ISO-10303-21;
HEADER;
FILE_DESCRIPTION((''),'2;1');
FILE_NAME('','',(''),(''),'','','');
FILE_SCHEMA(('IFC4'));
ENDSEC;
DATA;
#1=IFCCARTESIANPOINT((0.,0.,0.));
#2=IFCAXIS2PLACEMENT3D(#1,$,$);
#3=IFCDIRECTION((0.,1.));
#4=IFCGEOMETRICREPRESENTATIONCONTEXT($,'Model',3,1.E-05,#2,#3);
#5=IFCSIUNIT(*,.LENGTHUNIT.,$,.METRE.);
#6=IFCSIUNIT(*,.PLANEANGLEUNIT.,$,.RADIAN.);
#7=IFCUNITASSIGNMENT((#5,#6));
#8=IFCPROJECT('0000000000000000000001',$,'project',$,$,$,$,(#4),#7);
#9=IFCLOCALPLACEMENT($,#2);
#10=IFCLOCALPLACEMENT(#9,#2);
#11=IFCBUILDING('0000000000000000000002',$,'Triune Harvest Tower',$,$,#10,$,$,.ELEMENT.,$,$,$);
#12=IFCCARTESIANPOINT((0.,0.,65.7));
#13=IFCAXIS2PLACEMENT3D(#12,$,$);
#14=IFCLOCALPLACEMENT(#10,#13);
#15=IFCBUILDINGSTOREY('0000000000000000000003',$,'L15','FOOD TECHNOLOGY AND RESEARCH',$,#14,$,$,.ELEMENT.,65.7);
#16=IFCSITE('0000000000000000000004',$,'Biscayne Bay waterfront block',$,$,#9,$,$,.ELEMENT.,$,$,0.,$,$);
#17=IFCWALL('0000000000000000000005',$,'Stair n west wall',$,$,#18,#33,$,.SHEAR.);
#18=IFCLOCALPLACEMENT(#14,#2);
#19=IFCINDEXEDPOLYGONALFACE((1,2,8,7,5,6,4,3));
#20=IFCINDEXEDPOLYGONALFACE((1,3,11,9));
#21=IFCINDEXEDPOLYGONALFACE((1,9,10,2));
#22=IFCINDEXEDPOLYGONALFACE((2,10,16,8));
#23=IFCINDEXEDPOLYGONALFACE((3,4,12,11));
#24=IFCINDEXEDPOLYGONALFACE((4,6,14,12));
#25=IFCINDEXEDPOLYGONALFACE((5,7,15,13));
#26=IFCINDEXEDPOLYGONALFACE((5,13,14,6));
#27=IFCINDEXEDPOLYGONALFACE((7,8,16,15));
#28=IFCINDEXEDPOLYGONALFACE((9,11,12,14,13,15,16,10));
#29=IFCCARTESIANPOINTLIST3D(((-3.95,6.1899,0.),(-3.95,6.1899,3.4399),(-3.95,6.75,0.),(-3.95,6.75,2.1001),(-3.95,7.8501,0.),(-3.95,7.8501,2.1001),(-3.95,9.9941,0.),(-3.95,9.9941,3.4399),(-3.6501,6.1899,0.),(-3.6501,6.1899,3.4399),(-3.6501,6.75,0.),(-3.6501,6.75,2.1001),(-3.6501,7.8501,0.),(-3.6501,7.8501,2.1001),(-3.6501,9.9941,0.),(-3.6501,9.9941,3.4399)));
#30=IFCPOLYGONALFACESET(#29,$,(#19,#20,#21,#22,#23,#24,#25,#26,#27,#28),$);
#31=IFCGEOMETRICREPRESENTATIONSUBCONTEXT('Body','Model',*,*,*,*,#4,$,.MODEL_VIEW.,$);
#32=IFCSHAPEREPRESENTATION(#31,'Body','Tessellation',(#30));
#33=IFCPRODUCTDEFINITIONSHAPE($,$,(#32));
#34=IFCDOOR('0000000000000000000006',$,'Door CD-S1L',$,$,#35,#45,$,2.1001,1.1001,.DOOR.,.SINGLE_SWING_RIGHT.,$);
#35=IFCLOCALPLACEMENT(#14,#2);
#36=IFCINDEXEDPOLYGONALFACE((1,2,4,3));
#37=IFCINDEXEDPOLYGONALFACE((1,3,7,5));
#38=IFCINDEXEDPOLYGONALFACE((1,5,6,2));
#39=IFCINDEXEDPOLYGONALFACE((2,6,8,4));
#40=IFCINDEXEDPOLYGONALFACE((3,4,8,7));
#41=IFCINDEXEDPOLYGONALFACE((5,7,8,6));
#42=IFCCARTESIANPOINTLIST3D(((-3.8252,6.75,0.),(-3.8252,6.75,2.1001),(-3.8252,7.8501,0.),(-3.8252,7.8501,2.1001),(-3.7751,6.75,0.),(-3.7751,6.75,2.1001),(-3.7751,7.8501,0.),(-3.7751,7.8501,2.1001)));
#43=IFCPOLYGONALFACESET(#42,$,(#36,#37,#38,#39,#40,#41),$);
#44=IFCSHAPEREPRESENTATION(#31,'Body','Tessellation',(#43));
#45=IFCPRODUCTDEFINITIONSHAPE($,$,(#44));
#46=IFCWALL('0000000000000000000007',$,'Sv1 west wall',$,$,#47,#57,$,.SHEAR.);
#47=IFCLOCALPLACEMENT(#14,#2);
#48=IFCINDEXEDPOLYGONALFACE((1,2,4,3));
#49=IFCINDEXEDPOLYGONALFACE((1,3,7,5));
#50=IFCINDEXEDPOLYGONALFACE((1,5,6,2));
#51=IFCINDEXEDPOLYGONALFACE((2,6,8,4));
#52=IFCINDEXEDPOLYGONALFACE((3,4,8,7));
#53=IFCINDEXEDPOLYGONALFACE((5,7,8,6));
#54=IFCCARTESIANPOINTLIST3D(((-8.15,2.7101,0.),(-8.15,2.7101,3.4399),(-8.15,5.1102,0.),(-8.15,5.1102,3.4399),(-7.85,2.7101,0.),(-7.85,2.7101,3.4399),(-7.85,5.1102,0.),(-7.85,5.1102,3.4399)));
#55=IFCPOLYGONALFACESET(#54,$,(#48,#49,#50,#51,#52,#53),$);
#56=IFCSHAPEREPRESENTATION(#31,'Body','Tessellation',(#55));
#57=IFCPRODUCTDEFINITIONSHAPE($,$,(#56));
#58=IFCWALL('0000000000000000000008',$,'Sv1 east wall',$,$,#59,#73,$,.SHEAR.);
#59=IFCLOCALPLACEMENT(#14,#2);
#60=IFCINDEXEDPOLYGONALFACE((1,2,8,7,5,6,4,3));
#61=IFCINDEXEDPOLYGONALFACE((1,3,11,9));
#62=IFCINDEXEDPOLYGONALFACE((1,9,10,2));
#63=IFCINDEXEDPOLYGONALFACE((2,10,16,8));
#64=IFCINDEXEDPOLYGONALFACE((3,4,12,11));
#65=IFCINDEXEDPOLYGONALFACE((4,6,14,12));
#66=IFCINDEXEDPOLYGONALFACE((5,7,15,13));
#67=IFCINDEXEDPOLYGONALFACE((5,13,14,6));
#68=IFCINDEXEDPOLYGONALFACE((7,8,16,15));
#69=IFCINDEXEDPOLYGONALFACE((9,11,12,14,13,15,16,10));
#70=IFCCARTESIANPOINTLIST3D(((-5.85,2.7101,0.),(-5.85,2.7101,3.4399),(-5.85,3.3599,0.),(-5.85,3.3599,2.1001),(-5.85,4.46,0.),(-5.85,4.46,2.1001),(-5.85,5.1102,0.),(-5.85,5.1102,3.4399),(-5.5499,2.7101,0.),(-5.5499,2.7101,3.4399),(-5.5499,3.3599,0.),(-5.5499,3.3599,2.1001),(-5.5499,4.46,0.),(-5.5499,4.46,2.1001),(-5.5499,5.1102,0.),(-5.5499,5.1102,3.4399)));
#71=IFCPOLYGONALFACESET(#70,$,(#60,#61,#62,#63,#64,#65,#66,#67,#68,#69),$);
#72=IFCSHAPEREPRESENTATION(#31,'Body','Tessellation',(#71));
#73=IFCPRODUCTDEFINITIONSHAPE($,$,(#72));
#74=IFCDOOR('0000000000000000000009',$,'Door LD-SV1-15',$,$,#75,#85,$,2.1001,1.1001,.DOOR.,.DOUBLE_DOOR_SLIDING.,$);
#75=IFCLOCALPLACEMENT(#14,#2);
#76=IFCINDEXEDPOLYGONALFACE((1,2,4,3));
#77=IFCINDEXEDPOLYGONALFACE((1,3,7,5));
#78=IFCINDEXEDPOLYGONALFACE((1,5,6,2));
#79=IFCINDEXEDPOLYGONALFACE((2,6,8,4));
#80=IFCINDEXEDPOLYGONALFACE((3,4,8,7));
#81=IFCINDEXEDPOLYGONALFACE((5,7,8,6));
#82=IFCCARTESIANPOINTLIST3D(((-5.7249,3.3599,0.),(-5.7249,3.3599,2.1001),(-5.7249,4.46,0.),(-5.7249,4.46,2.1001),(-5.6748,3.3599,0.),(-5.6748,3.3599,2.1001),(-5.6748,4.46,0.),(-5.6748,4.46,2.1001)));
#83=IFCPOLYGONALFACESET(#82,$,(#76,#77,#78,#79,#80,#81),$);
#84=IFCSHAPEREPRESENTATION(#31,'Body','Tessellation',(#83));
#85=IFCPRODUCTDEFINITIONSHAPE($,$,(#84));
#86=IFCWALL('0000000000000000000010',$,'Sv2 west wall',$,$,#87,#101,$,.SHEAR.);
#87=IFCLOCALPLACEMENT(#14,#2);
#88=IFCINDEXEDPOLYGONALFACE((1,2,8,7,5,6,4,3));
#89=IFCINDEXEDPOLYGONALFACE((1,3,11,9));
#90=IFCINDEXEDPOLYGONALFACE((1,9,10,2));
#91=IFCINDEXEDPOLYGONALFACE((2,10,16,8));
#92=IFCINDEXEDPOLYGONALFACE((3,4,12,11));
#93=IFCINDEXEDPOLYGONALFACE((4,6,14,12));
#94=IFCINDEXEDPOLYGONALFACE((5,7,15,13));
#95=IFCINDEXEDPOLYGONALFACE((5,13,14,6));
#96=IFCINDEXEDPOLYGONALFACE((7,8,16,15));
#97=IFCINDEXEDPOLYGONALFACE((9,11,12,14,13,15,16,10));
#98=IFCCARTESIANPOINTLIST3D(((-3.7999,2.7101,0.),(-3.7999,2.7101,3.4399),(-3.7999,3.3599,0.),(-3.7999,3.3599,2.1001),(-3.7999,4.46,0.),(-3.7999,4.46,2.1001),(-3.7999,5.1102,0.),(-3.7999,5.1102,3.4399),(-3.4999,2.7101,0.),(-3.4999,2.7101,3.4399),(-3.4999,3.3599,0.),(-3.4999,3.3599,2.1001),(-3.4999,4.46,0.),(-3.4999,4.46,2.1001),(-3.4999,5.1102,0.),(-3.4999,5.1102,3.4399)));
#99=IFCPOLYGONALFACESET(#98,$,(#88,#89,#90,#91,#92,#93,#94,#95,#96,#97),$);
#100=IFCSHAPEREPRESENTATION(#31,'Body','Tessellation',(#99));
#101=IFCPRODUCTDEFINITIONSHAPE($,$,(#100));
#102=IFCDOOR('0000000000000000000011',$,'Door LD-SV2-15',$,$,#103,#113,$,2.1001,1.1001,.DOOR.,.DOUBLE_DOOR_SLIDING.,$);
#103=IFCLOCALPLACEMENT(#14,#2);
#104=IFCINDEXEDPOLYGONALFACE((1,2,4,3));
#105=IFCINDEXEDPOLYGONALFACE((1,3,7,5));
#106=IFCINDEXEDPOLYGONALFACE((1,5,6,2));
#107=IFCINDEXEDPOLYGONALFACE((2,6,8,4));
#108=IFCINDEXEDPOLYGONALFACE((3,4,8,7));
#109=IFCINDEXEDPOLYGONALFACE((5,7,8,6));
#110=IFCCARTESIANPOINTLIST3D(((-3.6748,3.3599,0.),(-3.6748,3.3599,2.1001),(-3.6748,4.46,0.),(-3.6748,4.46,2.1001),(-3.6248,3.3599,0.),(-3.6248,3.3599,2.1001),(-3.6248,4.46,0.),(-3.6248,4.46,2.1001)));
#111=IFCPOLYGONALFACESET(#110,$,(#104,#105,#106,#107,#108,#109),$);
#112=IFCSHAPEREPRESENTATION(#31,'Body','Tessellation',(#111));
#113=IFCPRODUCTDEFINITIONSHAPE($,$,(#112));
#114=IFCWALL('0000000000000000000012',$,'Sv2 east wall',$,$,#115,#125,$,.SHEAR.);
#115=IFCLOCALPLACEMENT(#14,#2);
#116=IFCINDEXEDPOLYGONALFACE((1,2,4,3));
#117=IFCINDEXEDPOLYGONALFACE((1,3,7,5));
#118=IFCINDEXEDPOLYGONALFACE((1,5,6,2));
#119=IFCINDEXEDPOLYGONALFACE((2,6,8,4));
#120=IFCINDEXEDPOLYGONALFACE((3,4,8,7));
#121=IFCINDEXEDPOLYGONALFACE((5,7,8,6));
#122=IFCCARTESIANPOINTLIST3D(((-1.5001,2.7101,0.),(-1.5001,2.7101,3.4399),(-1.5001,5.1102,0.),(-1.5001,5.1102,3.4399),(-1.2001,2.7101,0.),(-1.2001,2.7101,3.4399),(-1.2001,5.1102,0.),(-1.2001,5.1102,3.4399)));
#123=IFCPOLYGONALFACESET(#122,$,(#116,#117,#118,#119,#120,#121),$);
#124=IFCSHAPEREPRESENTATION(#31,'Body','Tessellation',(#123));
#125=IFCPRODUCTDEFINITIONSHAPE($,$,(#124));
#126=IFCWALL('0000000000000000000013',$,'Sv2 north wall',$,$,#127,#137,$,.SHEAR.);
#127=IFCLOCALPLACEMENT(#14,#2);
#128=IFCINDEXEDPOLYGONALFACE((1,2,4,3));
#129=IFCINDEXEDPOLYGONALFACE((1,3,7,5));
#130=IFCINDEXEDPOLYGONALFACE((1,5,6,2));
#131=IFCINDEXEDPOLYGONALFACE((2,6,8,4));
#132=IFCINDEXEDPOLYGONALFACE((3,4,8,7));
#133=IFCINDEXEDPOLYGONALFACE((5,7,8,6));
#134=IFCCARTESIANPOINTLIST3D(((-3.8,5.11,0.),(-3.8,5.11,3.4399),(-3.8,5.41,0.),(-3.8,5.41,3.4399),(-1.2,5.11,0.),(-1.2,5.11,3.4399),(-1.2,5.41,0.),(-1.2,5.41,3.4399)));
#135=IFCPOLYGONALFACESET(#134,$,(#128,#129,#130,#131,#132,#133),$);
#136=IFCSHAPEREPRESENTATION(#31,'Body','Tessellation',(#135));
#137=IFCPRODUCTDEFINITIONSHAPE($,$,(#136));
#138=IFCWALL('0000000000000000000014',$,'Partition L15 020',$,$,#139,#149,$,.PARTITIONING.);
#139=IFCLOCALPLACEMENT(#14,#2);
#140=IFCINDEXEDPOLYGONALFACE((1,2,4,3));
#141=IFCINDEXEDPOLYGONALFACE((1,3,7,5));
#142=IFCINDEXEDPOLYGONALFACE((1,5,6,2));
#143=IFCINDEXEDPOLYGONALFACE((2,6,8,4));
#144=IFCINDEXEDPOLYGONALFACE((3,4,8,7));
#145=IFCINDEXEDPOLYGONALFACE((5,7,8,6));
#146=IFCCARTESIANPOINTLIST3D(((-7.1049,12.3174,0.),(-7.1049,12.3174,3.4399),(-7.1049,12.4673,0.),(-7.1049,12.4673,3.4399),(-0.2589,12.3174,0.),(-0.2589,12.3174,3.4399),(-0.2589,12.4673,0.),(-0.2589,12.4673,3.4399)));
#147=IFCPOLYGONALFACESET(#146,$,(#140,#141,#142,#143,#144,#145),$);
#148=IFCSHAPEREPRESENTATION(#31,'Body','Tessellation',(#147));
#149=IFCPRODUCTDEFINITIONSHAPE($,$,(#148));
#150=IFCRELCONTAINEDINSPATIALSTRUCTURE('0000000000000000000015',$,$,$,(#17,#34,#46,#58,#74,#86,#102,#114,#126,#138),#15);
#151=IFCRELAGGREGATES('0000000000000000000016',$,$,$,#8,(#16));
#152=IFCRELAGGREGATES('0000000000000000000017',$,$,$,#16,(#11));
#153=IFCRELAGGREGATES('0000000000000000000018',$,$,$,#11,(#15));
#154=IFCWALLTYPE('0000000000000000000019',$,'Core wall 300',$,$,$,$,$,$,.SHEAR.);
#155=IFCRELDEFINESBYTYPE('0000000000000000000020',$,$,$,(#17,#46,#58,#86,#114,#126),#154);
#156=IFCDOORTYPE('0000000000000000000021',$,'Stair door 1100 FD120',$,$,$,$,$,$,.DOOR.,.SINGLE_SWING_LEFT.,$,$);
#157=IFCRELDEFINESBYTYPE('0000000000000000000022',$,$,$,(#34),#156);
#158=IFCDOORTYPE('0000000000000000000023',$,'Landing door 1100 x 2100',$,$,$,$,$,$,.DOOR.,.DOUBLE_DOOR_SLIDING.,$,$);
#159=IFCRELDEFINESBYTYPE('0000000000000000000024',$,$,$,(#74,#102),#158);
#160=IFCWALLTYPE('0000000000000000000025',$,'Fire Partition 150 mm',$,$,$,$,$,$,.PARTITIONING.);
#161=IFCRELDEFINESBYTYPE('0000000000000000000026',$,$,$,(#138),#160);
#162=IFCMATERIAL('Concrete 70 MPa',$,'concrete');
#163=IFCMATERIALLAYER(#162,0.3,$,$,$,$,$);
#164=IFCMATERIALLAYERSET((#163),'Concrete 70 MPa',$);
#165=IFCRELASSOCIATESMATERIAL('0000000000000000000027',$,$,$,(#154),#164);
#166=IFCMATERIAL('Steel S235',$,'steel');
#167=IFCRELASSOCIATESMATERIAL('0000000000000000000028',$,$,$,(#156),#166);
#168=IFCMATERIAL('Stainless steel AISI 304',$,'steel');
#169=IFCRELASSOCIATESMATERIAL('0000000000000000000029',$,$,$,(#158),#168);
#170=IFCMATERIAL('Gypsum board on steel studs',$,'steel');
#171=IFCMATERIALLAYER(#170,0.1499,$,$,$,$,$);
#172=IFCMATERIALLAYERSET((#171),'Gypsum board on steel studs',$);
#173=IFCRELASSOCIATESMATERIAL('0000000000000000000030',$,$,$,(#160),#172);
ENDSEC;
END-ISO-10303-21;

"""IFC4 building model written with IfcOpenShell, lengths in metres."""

from ifc_helpers import new_model, si_unit, direction, frame, frame_2d, origin, place, context, subcontext, project, spatial, polyline, rectangle, outline, extrude, source, transform, mapped, material, layer, layer_set, type_object, element, fill, save


model = new_model("IFC4")

# Units and contexts
model_context = context("Model", 3, precision=1e-05, world=origin(), true_north=direction((0.0, 1.0)))
body_context = subcontext(model_context, "Body", "Model", "MODEL_VIEW")
ifc_project = project(units=[si_unit("LENGTHUNIT", "METRE"), si_unit("PLANEANGLEUNIT", "RADIAN")], contexts=[model_context])

# Site, building, storey
site_placement = place(None, origin())
site = spatial("IfcSite", under=ifc_project, at=site_placement, Name="Biscayne Bay waterfront block", CompositionType="ELEMENT", RefElevation=0.0)
building_placement = place(site_placement, origin())
building = spatial("IfcBuilding", under=site, at=building_placement, Name="Triune Harvest Tower", CompositionType="ELEMENT")
storey_placement = place(building_placement, frame((0.0, 0.0, 65.7)))
storey = spatial("IfcBuildingStorey", under=building, at=storey_placement, Name="L15", Description="FOOD TECHNOLOGY AND RESEARCH", CompositionType="ELEMENT", Elevation=65.7)

# Shared definitions
ifc_material_1 = material(Name="Concrete 70 MPa", Category="concrete")
ifc_layer_1 = layer(ifc_material_1, 0.3)
ifc_layer_set_1 = layer_set([ifc_layer_1], Name="Concrete 70 MPa")
wall_type_1 = type_object("IfcWallType", Name="Core wall 300", PredefinedType="SHEAR", material=ifc_layer_set_1)

# Wall, opening, door
shared_shape_1 = source(origin(), body_context, "Body", "SweptSolid", [
    extrude(outline(polyline([(0.0, -0.1499), (0.0, 0.1499), (3.8042, 0.1499), (3.8042, -0.1499), (0.0, -0.1499)])), origin(), (0.0, 0.0, 1.0), 3.4399),
])
wall_1_placement = place(storey_placement, frame((-3.8, 6.1899, 0.0), z_axis=(0.0, 0.0, 1.0), x_axis=(0.0, 1.0, 0.0)))
wall_1 = element("IfcWall", 1, at=wall_1_placement, inside=storey, type_object=wall_type_1, Name="Stair n west wall", PredefinedType="SHEAR", context=body_context, shape_type="MappedRepresentation", body=[
    mapped(shared_shape_1, transform((0.0, 0.0, 0.0), scale=1.0)),
])
opening_1_placement = place(wall_1_placement, frame((0.5601, 0.0, 0.0)))
opening_1 = element("IfcOpeningElement", 2, at=opening_1_placement, cuts=wall_1, PredefinedType="OPENING", context=body_context, shape_type="SweptSolid", body=[
    extrude(rectangle(XDim=1.1001, YDim=2.1001, at=frame_2d((0.55, 1.05))), frame((0.0, 0.1602, 0.0), z_axis=(0.0, -1.0, 0.0), x_axis=(1.0, 0.0, 0.0)), (0.0, 0.0, 1.0), 0.3201),
])
ifc_material_2 = material(Name="Steel S235", Category="steel")
door_type_1 = type_object("IfcDoorType", Name="Stair door 1100 FD120", OperationType="SINGLE_SWING_LEFT", PredefinedType="DOOR", material=ifc_material_2)
door_1_placement = place(opening_1_placement, frame((1.1001, 0.0, 0.0), z_axis=(0.0, 0.0, 1.0), x_axis=(-1.0, 0.0, 0.0)))
door_1 = element("IfcDoor", 3, at=door_1_placement, inside=storey, type_object=door_type_1, Name="Door CD-S1L", OperationType="SINGLE_SWING_RIGHT", OverallHeight=2.1001, OverallWidth=1.1001, PredefinedType="DOOR", context=body_context, shape_type="SweptSolid", body=[
    extrude(rectangle(XDim=1.1001, YDim=2.1001, at=frame_2d((0.55, 1.05))), frame((0.0, 0.0249, 0.0), z_axis=(0.0, -1.0, 0.0), x_axis=(1.0, 0.0, 0.0)), (0.0, 0.0, 1.0), 0.05),
])
fill(opening_1, door_1)

# Wall
shared_shape_2 = source(origin(), body_context, "Body", "SweptSolid", [
    extrude(rectangle(XDim=2.4001, YDim=0.3, at=frame_2d((1.2002, 0.0))), origin(), (0.0, 0.0, 1.0), 3.4399),
])
wall_2_placement = place(storey_placement, frame((-8.0, 2.71, 0.0), z_axis=(0.0, 0.0, 1.0), x_axis=(0.0, 1.0, 0.0)))
element("IfcWall", 4, at=wall_2_placement, inside=storey, type_object=wall_type_1, Name="Sv1 west wall", PredefinedType="SHEAR", context=body_context, shape_type="MappedRepresentation", body=[
    mapped(shared_shape_2, transform((0.0, 0.0, 0.0), scale=1.0)),
])

# Walls, openings, doors
wall_3_placement = place(storey_placement, frame((-5.7, 2.71, 0.0), z_axis=(0.0, 0.0, 1.0), x_axis=(0.0, 1.0, 0.0)))
wall_3 = element("IfcWall", 5, at=wall_3_placement, inside=storey, type_object=wall_type_1, Name="Sv1 east wall", PredefinedType="SHEAR", context=body_context, shape_type="MappedRepresentation", body=[
    mapped(shared_shape_2, transform((0.0, 0.0, 0.0), scale=1.0)),
])
opening_2_placement = place(wall_3_placement, frame((0.6499, 0.0, 0.0)))
opening_2 = element("IfcOpeningElement", 6, at=opening_2_placement, cuts=wall_3, PredefinedType="OPENING", context=body_context, shape_type="SweptSolid", body=[
    extrude(rectangle(XDim=1.1001, YDim=2.1001, at=frame_2d((0.55, 1.05))), frame((0.0, 0.1602, 0.0), z_axis=(0.0, -1.0, 0.0), x_axis=(1.0, 0.0, 0.0)), (0.0, 0.0, 1.0), 0.3201),
])
ifc_material_3 = material(Name="Stainless steel AISI 304", Category="steel")
door_type_2 = type_object("IfcDoorType", Name="Landing door 1100 x 2100", OperationType="DOUBLE_DOOR_SLIDING", PredefinedType="DOOR", material=ifc_material_3)
door_2_placement = place(opening_2_placement, origin())
door_2 = element("IfcDoor", 7, at=door_2_placement, inside=storey, type_object=door_type_2, Name="Door LD-SV1-15", OperationType="DOUBLE_DOOR_SLIDING", OverallHeight=2.1001, OverallWidth=1.1001, PredefinedType="DOOR", context=body_context, shape_type="SweptSolid", body=[
    extrude(rectangle(XDim=1.1001, YDim=2.1001, at=frame_2d((0.55, 1.05))), frame((0.0, 0.0249, 0.0), z_axis=(0.0, -1.0, 0.0), x_axis=(1.0, 0.0, 0.0)), (0.0, 0.0, 1.0), 0.05),
])
fill(opening_2, door_2)
wall_4_placement = place(storey_placement, frame((-3.6499, 2.71, 0.0), z_axis=(0.0, 0.0, 1.0), x_axis=(0.0, 1.0, 0.0)))
wall_4 = element("IfcWall", 8, at=wall_4_placement, inside=storey, type_object=wall_type_1, Name="Sv2 west wall", PredefinedType="SHEAR", context=body_context, shape_type="MappedRepresentation", body=[
    mapped(shared_shape_2, transform((0.0, 0.0, 0.0), scale=1.0)),
])
opening_3_placement = place(wall_4_placement, frame((0.6499, 0.0, 0.0)))
opening_3 = element("IfcOpeningElement", 9, at=opening_3_placement, cuts=wall_4, PredefinedType="OPENING", context=body_context, shape_type="SweptSolid", body=[
    extrude(rectangle(XDim=1.1001, YDim=2.1001, at=frame_2d((0.55, 1.05))), frame((0.0, 0.1602, 0.0), z_axis=(0.0, -1.0, 0.0), x_axis=(1.0, 0.0, 0.0)), (0.0, 0.0, 1.0), 0.3201),
])
door_3_placement = place(opening_3_placement, origin())
door_3 = element("IfcDoor", 10, at=door_3_placement, inside=storey, type_object=door_type_2, Name="Door LD-SV2-15", OperationType="DOUBLE_DOOR_SLIDING", OverallHeight=2.1001, OverallWidth=1.1001, PredefinedType="DOOR", context=body_context, shape_type="SweptSolid", body=[
    extrude(rectangle(XDim=1.1001, YDim=2.1001, at=frame_2d((0.55, 1.05))), frame((0.0, 0.0249, 0.0), z_axis=(0.0, -1.0, 0.0), x_axis=(1.0, 0.0, 0.0)), (0.0, 0.0, 1.0), 0.05),
])
fill(opening_3, door_3)

# Walls
wall_5_placement = place(storey_placement, frame((-1.3501, 2.71, 0.0), z_axis=(0.0, 0.0, 1.0), x_axis=(0.0, 1.0, 0.0)))
element("IfcWall", 11, at=wall_5_placement, inside=storey, type_object=wall_type_1, Name="Sv2 east wall", PredefinedType="SHEAR", context=body_context, shape_type="MappedRepresentation", body=[
    mapped(shared_shape_2, transform((0.0, 0.0, 0.0), scale=1.0)),
])
shared_shape_3 = source(origin(), body_context, "Body", "SweptSolid", [
    extrude(rectangle(XDim=2.6001, YDim=0.3, at=frame_2d((1.3, 0.0))), origin(), (0.0, 0.0, 1.0), 3.4399),
])
wall_6_placement = place(storey_placement, frame((-3.8, 5.26, 0.0), z_axis=(0.0, 0.0, 1.0), x_axis=(1.0, 0.0, 0.0)))
element("IfcWall", 12, at=wall_6_placement, inside=storey, type_object=wall_type_1, Name="Sv2 north wall", PredefinedType="SHEAR", context=body_context, shape_type="MappedRepresentation", body=[
    mapped(shared_shape_3, transform((0.0, 0.0, 0.0), scale=1.0)),
])
ifc_material_4 = material(Name="Gypsum board on steel studs", Category="steel")
ifc_layer_2 = layer(ifc_material_4, 0.1499)
ifc_layer_set_2 = layer_set([ifc_layer_2], Name="Gypsum board on steel studs")
wall_type_2 = type_object("IfcWallType", Name="Fire Partition 150 mm", PredefinedType="PARTITIONING", material=ifc_layer_set_2)
shared_shape_4 = source(origin(), body_context, "Body", "SweptSolid", [
    extrude(rectangle(XDim=6.8459, YDim=0.1499, at=frame_2d((3.4229, 0.0))), origin(), (0.0, 0.0, 1.0), 3.4399),
])
wall_7_placement = place(storey_placement, frame((-7.1047, 12.3923, 0.0), z_axis=(0.0, 0.0, 1.0), x_axis=(1.0, 0.0, 0.0)))
element("IfcWall", 13, at=wall_7_placement, inside=storey, type_object=wall_type_2, Name="Partition L15 020", PredefinedType="PARTITIONING", context=body_context, shape_type="MappedRepresentation", body=[
    mapped(shared_shape_4, transform((0.0, 0.0, 0.0), scale=1.0)),
])

save(model, "model.ifc")
